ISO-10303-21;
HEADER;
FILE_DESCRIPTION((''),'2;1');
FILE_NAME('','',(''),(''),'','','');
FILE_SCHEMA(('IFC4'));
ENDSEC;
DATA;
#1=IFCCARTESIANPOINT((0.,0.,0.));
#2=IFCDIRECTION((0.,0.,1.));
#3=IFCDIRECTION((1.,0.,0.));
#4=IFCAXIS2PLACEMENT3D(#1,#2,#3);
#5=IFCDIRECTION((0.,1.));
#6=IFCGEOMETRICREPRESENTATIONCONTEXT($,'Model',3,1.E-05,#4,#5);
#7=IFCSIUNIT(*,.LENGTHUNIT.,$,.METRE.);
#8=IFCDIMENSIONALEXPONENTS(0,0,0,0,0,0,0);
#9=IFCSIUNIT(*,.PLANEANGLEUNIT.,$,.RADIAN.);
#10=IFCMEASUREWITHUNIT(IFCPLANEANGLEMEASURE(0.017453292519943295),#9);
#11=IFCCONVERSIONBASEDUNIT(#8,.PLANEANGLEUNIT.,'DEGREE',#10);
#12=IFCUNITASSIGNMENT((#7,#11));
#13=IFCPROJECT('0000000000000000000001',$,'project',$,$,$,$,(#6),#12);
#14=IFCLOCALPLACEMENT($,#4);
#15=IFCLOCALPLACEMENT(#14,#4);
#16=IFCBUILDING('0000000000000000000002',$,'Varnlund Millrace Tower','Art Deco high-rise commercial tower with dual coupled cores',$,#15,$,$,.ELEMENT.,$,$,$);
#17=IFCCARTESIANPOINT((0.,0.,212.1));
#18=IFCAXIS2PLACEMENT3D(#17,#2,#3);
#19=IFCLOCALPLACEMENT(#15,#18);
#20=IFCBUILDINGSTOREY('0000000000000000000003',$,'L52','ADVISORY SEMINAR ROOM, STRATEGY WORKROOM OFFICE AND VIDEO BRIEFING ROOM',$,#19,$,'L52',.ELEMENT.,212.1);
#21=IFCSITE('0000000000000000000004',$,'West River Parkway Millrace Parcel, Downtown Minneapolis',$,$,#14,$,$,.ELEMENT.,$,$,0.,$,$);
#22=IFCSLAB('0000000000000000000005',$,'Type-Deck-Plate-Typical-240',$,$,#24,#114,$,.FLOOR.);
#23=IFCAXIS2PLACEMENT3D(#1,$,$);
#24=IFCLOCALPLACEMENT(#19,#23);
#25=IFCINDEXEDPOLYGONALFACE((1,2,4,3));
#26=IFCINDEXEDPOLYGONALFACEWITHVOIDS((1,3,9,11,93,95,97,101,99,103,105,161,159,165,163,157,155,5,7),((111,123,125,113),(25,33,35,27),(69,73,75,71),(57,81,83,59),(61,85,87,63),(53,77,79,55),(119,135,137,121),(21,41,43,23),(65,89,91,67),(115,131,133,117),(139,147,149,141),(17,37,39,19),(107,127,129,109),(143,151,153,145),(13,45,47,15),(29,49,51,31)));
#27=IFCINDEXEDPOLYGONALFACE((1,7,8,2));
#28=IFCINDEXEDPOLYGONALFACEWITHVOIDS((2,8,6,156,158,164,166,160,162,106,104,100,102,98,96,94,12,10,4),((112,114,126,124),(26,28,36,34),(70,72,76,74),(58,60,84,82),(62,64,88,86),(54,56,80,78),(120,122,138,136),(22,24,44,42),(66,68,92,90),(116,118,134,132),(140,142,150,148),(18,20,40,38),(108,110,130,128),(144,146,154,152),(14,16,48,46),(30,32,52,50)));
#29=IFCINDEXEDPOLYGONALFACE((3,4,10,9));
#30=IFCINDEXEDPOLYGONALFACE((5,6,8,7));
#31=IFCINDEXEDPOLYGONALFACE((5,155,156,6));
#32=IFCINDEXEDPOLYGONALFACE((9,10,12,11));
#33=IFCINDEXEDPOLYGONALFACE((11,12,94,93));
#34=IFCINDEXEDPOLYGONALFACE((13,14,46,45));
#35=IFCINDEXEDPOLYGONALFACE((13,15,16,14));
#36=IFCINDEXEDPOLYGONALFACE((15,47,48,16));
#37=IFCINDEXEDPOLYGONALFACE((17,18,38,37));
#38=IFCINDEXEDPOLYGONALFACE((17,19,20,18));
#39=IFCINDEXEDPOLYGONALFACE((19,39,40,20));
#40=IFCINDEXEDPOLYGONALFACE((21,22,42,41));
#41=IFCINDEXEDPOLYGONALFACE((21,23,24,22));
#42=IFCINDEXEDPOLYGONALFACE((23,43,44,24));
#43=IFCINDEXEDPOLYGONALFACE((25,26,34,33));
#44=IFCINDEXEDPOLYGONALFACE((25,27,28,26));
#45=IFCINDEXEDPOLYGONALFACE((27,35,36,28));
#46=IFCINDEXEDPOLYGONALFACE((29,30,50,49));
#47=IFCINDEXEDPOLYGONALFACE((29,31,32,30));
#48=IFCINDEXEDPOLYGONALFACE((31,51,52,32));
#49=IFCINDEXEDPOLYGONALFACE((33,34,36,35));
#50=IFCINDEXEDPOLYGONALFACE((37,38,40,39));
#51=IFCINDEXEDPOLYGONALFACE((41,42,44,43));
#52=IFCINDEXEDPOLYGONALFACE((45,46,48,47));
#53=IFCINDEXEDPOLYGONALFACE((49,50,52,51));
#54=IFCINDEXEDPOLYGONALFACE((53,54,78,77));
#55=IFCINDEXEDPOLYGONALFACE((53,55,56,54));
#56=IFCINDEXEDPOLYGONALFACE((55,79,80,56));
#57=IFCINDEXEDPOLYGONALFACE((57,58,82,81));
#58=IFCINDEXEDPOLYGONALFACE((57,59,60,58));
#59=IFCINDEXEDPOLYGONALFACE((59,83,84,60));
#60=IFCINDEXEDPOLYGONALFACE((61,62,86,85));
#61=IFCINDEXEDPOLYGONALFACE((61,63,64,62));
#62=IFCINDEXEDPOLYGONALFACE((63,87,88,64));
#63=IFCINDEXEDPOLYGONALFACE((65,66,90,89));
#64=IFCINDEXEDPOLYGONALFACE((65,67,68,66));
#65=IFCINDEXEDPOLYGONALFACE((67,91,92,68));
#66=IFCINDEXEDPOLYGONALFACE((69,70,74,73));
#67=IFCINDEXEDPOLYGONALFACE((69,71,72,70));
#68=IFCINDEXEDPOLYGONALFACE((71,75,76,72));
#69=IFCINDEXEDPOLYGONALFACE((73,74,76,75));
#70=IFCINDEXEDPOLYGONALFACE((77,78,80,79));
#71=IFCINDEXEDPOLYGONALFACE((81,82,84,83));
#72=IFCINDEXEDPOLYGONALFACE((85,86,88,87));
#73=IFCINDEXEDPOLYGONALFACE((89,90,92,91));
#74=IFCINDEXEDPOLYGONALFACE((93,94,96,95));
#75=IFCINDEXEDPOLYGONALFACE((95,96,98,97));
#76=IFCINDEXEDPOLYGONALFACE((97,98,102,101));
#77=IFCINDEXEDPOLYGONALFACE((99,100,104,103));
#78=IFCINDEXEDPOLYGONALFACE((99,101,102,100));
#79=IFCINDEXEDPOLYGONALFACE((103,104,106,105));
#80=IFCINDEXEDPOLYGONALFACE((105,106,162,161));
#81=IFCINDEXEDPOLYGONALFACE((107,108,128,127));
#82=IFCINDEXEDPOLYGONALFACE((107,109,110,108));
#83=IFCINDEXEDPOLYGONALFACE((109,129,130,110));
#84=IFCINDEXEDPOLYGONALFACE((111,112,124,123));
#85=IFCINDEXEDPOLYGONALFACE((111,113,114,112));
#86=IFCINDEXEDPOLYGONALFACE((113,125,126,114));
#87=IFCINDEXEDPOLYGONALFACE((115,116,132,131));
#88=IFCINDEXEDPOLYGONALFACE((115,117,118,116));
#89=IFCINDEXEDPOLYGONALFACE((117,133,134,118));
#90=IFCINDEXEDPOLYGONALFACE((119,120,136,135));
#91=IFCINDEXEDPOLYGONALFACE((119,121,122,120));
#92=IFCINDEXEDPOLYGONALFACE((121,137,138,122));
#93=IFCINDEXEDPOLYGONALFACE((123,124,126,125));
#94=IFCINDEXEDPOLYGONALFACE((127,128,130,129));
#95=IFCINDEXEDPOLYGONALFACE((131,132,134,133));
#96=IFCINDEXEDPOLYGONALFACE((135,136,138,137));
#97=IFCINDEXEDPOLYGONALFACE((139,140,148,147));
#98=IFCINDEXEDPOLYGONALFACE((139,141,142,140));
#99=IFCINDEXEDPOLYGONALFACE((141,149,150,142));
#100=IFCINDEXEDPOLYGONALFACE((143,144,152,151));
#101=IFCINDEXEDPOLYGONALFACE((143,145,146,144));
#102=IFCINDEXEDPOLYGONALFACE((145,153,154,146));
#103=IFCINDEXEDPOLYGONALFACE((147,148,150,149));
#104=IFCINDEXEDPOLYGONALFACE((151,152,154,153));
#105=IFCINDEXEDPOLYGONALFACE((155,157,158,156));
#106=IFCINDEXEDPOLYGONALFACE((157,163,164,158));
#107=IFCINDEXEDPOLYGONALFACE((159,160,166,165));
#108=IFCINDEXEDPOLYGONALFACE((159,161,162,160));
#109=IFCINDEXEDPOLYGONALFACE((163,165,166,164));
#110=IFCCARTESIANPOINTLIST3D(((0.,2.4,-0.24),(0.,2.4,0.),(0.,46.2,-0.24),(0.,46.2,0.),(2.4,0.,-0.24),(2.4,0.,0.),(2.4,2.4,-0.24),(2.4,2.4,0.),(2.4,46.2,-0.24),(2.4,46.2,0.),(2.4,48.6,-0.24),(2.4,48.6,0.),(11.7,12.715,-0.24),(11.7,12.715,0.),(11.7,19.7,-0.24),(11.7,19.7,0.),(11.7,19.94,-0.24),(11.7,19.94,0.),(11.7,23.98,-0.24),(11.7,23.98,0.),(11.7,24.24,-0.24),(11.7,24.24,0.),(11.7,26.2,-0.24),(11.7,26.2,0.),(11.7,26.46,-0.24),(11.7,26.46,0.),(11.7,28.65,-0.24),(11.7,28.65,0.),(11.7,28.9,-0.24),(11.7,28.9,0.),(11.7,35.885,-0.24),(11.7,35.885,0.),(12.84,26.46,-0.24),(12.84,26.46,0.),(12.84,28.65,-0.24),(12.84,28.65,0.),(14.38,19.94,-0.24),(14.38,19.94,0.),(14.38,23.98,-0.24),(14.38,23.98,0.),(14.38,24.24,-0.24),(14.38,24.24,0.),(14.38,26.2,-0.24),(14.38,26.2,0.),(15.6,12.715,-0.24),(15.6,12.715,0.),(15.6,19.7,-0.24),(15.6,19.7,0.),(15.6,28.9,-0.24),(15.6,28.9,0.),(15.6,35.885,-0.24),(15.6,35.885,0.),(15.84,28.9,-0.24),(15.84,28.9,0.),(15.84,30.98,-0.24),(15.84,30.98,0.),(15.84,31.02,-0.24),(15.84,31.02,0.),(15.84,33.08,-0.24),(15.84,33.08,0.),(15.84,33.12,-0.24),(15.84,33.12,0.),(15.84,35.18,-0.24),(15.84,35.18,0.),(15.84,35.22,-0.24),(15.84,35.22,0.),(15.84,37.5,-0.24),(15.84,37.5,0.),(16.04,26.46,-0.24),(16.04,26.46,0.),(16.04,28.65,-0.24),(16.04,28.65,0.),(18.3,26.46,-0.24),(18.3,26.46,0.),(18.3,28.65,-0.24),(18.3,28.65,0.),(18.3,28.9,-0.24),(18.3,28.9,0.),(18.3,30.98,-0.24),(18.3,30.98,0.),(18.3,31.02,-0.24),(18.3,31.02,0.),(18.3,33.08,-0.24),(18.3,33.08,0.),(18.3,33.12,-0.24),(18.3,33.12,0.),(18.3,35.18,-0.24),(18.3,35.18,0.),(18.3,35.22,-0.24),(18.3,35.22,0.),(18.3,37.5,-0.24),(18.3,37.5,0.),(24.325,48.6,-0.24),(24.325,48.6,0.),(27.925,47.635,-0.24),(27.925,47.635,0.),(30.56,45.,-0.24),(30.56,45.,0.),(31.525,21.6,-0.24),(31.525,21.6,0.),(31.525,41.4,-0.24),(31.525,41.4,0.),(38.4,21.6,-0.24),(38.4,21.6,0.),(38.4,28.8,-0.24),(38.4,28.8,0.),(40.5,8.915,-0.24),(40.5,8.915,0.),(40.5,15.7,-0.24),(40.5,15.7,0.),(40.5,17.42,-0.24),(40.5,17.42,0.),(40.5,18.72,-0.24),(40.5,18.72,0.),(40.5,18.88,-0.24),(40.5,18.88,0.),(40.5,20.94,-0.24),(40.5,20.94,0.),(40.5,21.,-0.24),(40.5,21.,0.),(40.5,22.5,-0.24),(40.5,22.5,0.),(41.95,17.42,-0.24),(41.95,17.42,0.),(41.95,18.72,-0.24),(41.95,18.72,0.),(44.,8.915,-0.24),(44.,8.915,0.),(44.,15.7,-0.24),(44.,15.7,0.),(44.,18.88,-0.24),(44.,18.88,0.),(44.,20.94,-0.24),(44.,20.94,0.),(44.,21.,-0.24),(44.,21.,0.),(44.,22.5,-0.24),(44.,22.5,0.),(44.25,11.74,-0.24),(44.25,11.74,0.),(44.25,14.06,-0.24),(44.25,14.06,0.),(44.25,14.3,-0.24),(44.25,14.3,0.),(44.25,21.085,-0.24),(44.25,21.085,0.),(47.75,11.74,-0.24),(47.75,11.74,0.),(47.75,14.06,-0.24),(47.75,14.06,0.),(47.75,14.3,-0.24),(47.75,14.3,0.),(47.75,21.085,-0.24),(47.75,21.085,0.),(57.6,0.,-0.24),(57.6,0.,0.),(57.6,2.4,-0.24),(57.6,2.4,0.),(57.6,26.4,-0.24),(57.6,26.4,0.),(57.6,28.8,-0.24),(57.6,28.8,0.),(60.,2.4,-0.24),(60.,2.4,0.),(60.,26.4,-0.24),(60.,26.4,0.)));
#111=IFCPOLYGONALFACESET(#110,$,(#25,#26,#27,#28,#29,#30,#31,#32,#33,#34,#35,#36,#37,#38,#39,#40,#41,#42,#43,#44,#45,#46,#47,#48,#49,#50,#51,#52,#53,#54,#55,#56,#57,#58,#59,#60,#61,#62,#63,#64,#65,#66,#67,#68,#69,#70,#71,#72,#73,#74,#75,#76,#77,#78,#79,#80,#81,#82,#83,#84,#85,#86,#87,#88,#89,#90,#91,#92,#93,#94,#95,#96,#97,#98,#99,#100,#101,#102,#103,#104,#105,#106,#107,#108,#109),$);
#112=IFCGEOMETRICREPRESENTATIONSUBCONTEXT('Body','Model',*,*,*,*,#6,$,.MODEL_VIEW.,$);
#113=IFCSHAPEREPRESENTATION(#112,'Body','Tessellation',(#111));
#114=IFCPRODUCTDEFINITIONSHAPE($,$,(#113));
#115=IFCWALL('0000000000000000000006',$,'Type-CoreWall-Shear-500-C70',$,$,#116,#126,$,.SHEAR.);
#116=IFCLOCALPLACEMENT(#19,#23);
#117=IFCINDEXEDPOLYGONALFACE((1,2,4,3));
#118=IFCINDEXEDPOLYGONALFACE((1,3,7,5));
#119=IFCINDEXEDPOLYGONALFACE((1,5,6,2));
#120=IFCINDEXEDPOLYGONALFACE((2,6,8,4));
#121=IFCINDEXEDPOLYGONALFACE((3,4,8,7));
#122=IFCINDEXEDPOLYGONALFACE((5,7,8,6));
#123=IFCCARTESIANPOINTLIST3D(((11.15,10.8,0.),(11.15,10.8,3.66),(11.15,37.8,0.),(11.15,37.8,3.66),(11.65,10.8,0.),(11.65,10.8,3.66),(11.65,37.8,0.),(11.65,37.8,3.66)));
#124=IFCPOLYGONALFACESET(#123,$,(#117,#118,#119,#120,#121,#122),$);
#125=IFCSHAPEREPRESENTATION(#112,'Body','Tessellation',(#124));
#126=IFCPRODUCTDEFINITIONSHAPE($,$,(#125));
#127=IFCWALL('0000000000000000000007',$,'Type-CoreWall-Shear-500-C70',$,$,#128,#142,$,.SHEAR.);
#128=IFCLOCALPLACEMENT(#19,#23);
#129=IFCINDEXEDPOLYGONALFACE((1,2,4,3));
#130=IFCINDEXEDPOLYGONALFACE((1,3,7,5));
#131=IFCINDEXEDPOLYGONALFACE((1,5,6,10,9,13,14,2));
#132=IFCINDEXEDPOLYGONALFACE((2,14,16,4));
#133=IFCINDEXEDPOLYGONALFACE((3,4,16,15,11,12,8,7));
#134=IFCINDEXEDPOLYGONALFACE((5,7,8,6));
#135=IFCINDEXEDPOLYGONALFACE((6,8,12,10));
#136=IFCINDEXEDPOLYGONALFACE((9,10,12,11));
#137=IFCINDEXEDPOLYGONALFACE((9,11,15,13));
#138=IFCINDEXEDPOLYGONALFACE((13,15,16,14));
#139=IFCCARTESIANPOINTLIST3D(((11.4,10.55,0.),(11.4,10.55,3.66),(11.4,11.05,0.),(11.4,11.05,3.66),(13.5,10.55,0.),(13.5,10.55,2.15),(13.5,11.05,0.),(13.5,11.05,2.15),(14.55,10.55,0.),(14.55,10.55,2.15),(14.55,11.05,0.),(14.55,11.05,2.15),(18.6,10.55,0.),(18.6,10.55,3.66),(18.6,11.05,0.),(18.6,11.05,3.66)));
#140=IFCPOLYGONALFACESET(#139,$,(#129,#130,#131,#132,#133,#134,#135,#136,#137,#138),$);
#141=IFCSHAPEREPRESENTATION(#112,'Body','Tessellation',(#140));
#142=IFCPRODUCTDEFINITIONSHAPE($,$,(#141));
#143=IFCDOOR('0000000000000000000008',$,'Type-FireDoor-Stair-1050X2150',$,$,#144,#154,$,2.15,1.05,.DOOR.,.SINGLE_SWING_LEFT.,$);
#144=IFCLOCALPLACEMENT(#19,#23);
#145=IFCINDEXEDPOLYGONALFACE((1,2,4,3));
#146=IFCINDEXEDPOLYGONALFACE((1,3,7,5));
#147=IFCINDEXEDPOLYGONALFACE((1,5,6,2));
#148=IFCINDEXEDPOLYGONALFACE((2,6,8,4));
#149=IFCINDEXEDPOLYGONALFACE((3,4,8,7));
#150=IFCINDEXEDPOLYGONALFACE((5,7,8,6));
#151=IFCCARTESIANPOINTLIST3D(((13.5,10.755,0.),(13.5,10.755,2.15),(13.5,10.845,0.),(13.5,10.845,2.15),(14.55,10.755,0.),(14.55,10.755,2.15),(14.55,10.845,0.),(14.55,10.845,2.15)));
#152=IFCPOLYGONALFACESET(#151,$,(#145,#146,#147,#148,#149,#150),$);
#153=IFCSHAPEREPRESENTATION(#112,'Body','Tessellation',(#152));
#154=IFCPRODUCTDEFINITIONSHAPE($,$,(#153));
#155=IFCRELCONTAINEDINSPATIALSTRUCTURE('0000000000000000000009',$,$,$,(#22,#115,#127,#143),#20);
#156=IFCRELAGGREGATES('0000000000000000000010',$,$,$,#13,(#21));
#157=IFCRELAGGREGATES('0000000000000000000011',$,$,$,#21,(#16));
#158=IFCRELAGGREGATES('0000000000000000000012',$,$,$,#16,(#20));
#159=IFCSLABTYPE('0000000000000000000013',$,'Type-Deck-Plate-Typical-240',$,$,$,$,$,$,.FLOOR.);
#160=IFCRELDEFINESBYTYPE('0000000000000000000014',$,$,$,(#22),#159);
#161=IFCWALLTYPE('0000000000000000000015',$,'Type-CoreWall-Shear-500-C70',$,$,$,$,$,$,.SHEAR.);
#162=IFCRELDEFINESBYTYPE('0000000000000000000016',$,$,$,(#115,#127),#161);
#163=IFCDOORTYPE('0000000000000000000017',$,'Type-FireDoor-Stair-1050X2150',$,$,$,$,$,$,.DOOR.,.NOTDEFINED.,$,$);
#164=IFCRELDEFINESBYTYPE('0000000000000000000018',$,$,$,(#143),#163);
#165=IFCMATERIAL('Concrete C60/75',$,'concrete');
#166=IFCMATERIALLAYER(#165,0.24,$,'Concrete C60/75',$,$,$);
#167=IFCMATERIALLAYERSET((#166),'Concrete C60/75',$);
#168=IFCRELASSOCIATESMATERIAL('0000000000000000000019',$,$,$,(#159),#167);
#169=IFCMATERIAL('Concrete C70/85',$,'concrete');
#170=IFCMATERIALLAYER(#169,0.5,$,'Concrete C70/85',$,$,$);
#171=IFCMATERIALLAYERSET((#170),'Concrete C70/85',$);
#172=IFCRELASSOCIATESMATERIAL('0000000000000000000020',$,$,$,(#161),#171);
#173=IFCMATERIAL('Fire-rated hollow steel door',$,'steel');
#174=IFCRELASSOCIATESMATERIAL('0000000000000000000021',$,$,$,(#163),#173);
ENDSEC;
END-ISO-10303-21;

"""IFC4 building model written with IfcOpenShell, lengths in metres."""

from ifc_helpers import new_model, entity, si_unit, converted_unit, direction, frame, origin_with_axes, origin_2d_with_axis, place, context, subcontext, project, spatial, polyline, rectangle, outline, extrude, material, layer, layer_set, type_object, element, fill, save


model = new_model("IFC4")

# Units and contexts
model_context = context("Model", 3, precision=1e-05, world=origin_with_axes(), true_north=direction((0.0, 1.0)))
body_context = subcontext(model_context, "Body", "Model", "MODEL_VIEW")
ifc_project = project(units=[si_unit("LENGTHUNIT", "METRE"), converted_unit("PLANEANGLEUNIT", "DEGREE", entity("IfcPlaneAngleMeasure", 0.017453292519943295), si_unit("PLANEANGLEUNIT", "RADIAN"), dimensions=[0, 0, 0, 0, 0, 0, 0])], contexts=[model_context])

# Site, building, storey
site_placement = place(None, origin_with_axes())
site = spatial("IfcSite", under=ifc_project, at=site_placement, Name="West River Parkway Millrace Parcel, Downtown Minneapolis", CompositionType="ELEMENT", RefElevation=0.0)
building_placement = place(site_placement, origin_with_axes())
building = spatial("IfcBuilding", under=site, at=building_placement, Name="Varnlund Millrace Tower", Description="Art Deco high-rise commercial tower with dual coupled cores", CompositionType="ELEMENT")
storey_placement = place(building_placement, frame((0.0, 0.0, 212.1), z_axis=(0.0, 0.0, 1.0), x_axis=(1.0, 0.0, 0.0)))
storey = spatial("IfcBuildingStorey", under=building, at=storey_placement, Name="L52", Description="ADVISORY SEMINAR ROOM, STRATEGY WORKROOM OFFICE AND VIDEO BRIEFING ROOM", LongName="L52", CompositionType="ELEMENT", Elevation=212.1)

# Slab
ifc_material_1 = material(Name="Concrete C60/75", Category="concrete")
ifc_layer_1 = layer(ifc_material_1, 0.24, Name="Concrete C60/75")
ifc_layer_set_1 = layer_set([ifc_layer_1], Name="Concrete C60/75")
slab_type = type_object("IfcSlabType", Name="Type-Deck-Plate-Typical-240", PredefinedType="FLOOR", material=ifc_layer_set_1)
slab_placement = place(storey_placement, frame((0.0, 0.0, -0.24), z_axis=(0.0, 0.0, 1.0), x_axis=(1.0, 0.0, 0.0)))
element("IfcSlab", 1, at=slab_placement, inside=storey, type_object=slab_type, Name="Type-Deck-Plate-Typical-240", PredefinedType="FLOOR", context=body_context, shape_type="SweptSolid", body=[
    extrude(outline(polyline([(31.525, 21.6), (31.525, 41.4), (30.56, 45.0), (27.925, 47.635), (24.325, 48.6), (2.4, 48.6), (2.4, 46.2), (0.0, 46.2), (0.0, 2.4), (2.4, 2.4), (2.4, 0.0), (57.6, 0.0), (57.6, 2.4), (60.0, 2.4), (60.0, 26.4), (57.6, 26.4), (57.6, 28.8), (38.4, 28.8), (38.4, 21.6), (31.525, 21.6)]), holes=[polyline([(15.6, 12.715), (11.7, 12.715), (11.7, 19.7), (15.6, 19.7), (15.6, 12.715)]), polyline([(14.38, 23.98), (14.38, 19.94), (11.7, 19.94), (11.7, 23.98), (14.38, 23.98)]), polyline([(14.38, 24.24), (11.7, 24.24), (11.7, 26.2), (14.38, 26.2), (14.38, 24.24)]), polyline([(12.84, 26.46), (11.7, 26.46), (11.7, 28.65), (12.84, 28.65), (12.84, 26.46)]), polyline([(18.3, 28.9), (15.84, 28.9), (15.84, 30.98), (18.3, 30.98), (18.3, 28.9)]), polyline([(18.3, 31.02), (15.84, 31.02), (15.84, 33.08), (18.3, 33.08), (18.3, 31.02)]), polyline([(15.6, 28.9), (11.7, 28.9), (11.7, 35.885), (15.6, 35.885), (15.6, 28.9)]), polyline([(18.3, 33.12), (15.84, 33.12), (15.84, 35.18), (18.3, 35.18), (18.3, 33.12)]), polyline([(44.0, 8.915), (40.5, 8.915), (40.5, 15.7), (44.0, 15.7), (44.0, 8.915)]), polyline([(47.75, 11.74), (44.25, 11.74), (44.25, 14.06), (47.75, 14.06), (47.75, 11.74)]), polyline([(47.75, 14.3), (44.25, 14.3), (44.25, 21.085), (47.75, 21.085), (47.75, 14.3)]), polyline([(41.95, 17.42), (40.5, 17.42), (40.5, 18.72), (41.95, 18.72), (41.95, 17.42)]), polyline([(44.0, 18.88), (40.5, 18.88), (40.5, 20.94), (44.0, 20.94), (44.0, 18.88)]), polyline([(44.0, 21.0), (40.5, 21.0), (40.5, 22.5), (44.0, 22.5), (44.0, 21.0)]), polyline([(16.04, 26.46), (16.04, 28.65), (18.3, 28.65), (18.3, 26.46), (16.04, 26.46)]), polyline([(15.84, 35.22), (15.84, 37.5), (18.3, 37.5), (18.3, 35.22), (15.84, 35.22)])]), origin_with_axes(), (0.0, 0.0, 1.0), 0.24),
])

# Wall
ifc_material_2 = material(Name="Concrete C70/85", Category="concrete")
ifc_layer_2 = layer(ifc_material_2, 0.5, Name="Concrete C70/85")
ifc_layer_set_2 = layer_set([ifc_layer_2], Name="Concrete C70/85")
wall_type_1 = type_object("IfcWallType", Name="Type-CoreWall-Shear-500-C70", PredefinedType="SHEAR", material=ifc_layer_set_2)
wall_1_placement = place(storey_placement, frame((11.4, 10.8, 0.0), z_axis=(0.0, 0.0, 1.0), x_axis=(0.0, 1.0, 0.0)))
element("IfcWall", 2, at=wall_1_placement, inside=storey, type_object=wall_type_1, Name="Type-CoreWall-Shear-500-C70", PredefinedType="SHEAR", context=body_context, shape_type="SweptSolid", body=[
    extrude(outline(polyline([(0.0, -0.25), (27.0, -0.25), (27.0, 0.25), (0.0, 0.25), (0.0, -0.25)])), origin_with_axes(), (0.0, 0.0, 1.0), 3.66),
])

# Wall, opening, door
wall_2_placement = place(storey_placement, frame((11.4, 10.8, 0.0), z_axis=(0.0, 0.0, 1.0), x_axis=(1.0, 0.0, 0.0)))
wall_2 = element("IfcWall", 3, at=wall_2_placement, inside=storey, type_object=wall_type_1, Name="Type-CoreWall-Shear-500-C70", PredefinedType="SHEAR", context=body_context, shape_type="SweptSolid", body=[
    extrude(outline(polyline([(0.0, -0.25), (7.2, -0.25), (7.2, 0.25), (0.0, 0.25), (0.0, -0.25)])), origin_with_axes(), (0.0, 0.0, 1.0), 3.66),
])
opening_1_placement = place(wall_2_placement, frame((2.625, 0.0, 0.0), z_axis=(0.0, 0.0, 1.0), x_axis=(1.0, 0.0, 0.0)))
opening_1 = element("IfcOpeningElement", 4, at=opening_1_placement, cuts=wall_2, PredefinedType="OPENING", context=body_context, shape_type="SweptSolid", body=[
    extrude(rectangle(XDim=1.05, YDim=0.52, at=origin_2d_with_axis()), origin_with_axes(), (0.0, 0.0, 1.0), 2.15),
])
ifc_material_3 = material(Name="Fire-rated hollow steel door", Category="steel")
door_type_1 = type_object("IfcDoorType", Name="Type-FireDoor-Stair-1050X2150", OperationType="NOTDEFINED", PredefinedType="DOOR", material=ifc_material_3)
door_1_placement = place(wall_2_placement, frame((2.625, 0.0, 0.0), z_axis=(0.0, 0.0, 1.0), x_axis=(1.0, 0.0, 0.0)))
door_1 = element("IfcDoor", 5, at=door_1_placement, inside=storey, type_object=door_type_1, Name="Type-FireDoor-Stair-1050X2150", OperationType="SINGLE_SWING_LEFT", OverallHeight=2.15, OverallWidth=1.05, PredefinedType="DOOR", context=body_context, shape_type="SweptSolid", body=[
    extrude(rectangle(XDim=1.05, YDim=0.09, at=origin_2d_with_axis()), origin_with_axes(), (0.0, 0.0, 1.0), 2.15),
])
fill(opening_1, door_1)

save(model, "model.ifc")
